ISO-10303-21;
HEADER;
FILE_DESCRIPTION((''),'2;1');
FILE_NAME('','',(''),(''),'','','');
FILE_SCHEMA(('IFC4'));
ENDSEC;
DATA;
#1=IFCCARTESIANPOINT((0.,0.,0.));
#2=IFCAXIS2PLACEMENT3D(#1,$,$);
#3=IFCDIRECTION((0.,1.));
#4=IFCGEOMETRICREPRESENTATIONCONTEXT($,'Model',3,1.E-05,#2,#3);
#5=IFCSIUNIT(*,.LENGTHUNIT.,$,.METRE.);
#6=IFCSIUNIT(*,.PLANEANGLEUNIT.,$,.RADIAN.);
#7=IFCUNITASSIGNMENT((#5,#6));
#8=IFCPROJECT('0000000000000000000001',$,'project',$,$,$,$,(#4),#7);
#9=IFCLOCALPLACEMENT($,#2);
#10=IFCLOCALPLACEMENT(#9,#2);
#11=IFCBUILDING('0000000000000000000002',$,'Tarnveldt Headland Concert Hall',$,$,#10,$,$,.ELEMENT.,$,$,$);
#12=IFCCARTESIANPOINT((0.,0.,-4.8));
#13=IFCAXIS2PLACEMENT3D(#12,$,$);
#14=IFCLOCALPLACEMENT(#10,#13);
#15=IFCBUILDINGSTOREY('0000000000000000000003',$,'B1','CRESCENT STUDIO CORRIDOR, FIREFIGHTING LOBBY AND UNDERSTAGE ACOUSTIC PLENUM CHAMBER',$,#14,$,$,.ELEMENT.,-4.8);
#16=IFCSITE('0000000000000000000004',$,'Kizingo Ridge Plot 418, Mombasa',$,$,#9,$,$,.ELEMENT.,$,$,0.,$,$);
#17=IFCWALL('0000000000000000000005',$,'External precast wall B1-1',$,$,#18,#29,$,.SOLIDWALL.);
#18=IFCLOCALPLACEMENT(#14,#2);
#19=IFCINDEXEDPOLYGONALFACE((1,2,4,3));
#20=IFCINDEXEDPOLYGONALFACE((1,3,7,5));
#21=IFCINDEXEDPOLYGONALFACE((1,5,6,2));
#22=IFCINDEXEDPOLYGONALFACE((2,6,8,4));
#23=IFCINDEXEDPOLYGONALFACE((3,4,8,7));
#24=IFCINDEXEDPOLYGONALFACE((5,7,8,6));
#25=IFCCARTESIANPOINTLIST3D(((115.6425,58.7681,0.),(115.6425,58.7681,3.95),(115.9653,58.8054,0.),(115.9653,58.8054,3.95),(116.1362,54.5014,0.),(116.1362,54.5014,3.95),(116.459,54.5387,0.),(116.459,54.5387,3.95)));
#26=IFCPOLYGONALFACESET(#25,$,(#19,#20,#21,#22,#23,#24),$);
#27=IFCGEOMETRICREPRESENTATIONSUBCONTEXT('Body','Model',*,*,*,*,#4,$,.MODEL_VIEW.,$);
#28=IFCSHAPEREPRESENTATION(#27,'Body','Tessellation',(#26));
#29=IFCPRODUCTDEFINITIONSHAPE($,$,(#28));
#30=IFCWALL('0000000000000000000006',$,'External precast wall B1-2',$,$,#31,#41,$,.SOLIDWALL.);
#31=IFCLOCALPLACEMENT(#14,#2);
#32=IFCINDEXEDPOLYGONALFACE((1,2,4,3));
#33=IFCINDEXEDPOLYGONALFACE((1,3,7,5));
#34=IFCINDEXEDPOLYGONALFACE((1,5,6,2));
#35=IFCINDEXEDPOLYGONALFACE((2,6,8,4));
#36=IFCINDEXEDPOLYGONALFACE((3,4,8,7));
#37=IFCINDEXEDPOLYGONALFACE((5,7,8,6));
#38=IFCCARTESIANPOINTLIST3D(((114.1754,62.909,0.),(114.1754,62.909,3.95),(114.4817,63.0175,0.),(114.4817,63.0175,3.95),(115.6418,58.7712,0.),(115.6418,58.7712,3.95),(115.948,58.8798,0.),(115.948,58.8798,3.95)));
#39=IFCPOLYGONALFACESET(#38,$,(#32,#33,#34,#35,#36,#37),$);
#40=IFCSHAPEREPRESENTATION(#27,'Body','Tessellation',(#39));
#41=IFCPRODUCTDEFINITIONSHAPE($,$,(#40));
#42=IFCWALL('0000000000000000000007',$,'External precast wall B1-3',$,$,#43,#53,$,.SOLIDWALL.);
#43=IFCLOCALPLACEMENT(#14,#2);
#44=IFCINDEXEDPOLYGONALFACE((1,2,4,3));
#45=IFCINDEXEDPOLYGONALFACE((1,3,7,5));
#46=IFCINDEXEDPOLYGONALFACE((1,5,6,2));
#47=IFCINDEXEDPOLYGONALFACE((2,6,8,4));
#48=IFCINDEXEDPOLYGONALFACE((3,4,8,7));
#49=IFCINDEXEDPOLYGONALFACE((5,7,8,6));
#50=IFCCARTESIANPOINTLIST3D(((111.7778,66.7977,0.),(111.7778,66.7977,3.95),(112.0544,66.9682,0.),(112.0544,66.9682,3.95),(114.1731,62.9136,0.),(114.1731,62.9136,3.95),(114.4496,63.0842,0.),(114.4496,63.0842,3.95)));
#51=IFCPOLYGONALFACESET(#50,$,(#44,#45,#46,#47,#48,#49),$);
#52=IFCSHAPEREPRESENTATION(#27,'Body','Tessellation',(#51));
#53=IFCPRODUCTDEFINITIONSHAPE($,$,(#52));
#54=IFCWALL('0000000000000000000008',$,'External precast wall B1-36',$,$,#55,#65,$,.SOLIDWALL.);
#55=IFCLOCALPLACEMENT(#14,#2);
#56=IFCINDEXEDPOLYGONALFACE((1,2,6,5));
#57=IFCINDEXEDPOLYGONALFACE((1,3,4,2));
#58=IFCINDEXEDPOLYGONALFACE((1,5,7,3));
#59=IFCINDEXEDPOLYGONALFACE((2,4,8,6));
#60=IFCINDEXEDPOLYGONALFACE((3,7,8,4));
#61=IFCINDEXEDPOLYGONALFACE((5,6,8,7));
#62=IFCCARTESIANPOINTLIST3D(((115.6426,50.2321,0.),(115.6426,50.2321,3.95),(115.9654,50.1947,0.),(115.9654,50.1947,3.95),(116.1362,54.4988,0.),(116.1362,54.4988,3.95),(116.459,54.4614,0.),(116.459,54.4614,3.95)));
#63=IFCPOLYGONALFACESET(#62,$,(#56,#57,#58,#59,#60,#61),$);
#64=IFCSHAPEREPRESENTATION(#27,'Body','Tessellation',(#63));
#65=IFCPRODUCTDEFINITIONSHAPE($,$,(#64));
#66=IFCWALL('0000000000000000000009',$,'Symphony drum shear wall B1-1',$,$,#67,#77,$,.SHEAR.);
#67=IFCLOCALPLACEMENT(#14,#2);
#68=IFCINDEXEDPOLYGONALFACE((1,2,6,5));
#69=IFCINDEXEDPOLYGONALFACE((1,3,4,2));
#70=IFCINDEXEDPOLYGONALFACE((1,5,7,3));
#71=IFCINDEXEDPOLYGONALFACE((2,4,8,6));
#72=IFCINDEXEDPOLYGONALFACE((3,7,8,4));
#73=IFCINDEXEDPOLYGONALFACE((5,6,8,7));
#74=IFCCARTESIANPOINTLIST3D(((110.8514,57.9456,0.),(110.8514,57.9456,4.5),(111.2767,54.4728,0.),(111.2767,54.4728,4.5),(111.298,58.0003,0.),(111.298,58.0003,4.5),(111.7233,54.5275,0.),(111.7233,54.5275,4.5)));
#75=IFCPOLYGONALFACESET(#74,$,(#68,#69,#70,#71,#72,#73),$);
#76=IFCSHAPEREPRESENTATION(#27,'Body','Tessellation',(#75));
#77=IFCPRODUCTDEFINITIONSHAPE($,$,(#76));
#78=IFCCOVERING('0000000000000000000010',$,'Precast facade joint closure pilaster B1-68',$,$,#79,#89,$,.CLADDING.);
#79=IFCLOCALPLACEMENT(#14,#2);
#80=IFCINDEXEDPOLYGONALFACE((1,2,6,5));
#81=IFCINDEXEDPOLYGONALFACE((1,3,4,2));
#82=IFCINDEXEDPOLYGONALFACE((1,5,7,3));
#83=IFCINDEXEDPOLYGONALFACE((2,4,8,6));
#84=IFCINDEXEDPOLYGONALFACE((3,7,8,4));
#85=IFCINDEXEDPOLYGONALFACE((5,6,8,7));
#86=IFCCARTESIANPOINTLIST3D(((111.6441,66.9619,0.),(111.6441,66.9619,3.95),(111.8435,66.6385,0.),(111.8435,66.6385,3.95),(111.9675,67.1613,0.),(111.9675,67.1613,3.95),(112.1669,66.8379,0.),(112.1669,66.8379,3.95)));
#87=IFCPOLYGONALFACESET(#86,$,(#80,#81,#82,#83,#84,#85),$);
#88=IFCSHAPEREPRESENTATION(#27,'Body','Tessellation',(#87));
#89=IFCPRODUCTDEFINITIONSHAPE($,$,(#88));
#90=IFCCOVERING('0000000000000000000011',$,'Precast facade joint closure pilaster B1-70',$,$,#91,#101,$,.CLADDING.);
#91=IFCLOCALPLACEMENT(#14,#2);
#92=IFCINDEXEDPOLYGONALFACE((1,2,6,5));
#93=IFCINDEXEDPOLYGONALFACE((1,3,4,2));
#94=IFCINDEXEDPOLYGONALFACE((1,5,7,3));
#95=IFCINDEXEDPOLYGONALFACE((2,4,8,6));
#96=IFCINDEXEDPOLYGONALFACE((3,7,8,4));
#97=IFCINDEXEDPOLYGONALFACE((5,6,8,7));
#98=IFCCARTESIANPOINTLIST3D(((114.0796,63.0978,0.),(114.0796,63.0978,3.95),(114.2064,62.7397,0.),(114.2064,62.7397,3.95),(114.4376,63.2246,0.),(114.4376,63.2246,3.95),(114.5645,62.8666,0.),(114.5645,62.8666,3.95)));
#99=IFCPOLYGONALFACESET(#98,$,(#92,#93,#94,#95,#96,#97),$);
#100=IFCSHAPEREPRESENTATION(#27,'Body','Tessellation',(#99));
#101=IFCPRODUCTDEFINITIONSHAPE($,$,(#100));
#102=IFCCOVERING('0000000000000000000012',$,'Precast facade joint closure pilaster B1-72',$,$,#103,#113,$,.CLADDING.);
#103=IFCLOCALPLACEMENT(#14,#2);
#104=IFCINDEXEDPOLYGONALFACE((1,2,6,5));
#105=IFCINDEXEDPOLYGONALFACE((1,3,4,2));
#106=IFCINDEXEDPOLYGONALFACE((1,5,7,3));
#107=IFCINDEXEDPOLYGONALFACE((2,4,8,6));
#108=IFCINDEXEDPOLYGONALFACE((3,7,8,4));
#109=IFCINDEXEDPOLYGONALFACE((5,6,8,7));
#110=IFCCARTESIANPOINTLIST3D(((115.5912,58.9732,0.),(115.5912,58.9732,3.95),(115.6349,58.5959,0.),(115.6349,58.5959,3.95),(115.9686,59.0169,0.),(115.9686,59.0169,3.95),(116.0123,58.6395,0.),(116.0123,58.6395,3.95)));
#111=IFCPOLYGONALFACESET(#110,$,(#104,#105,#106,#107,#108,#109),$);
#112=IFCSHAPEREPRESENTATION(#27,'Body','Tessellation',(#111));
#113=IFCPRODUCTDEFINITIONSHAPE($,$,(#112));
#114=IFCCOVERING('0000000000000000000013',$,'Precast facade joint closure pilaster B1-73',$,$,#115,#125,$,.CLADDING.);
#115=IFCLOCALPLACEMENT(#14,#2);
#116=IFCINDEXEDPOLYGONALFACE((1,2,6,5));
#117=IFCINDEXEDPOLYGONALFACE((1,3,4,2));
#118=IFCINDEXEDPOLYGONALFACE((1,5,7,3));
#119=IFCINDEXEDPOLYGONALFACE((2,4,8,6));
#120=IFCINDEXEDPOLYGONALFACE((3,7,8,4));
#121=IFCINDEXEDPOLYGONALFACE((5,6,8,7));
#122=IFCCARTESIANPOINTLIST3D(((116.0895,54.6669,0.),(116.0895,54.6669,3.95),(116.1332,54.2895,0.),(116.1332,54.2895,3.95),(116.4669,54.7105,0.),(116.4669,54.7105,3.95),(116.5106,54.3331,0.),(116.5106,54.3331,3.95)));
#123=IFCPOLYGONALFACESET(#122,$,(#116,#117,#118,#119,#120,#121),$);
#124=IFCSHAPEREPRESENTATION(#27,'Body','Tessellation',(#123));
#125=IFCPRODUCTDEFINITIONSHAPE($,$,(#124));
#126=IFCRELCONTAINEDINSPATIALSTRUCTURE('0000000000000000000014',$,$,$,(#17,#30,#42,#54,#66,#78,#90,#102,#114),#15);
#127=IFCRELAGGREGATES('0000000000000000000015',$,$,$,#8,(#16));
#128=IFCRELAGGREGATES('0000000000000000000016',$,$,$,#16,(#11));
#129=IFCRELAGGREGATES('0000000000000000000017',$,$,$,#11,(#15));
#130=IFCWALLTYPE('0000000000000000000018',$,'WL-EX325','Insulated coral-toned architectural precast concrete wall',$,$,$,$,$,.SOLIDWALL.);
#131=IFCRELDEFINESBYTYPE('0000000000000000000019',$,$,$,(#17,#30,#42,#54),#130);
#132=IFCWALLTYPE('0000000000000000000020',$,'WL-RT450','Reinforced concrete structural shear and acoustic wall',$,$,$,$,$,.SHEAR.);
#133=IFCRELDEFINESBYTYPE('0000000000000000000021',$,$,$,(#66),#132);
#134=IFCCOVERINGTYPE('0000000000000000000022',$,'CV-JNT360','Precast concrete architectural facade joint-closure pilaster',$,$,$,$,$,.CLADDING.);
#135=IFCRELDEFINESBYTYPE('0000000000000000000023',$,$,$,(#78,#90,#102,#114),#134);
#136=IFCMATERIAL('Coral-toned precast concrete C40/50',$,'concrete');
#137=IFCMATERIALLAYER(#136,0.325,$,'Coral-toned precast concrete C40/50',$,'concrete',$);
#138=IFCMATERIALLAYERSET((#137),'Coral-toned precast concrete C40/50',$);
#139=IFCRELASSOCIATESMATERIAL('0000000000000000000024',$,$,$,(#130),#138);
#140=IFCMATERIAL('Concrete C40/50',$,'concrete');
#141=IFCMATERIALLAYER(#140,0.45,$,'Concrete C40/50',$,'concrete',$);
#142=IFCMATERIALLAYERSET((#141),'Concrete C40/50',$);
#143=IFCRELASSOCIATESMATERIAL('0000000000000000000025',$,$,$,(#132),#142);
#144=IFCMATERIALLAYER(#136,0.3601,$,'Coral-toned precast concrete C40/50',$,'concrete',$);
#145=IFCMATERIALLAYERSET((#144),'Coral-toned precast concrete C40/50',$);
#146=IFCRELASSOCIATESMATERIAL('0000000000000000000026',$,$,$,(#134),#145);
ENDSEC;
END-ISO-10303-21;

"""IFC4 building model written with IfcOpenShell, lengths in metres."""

from ifc_helpers import new_model, si_unit, direction, frame, frame_2d, origin, origin_2d, place, context, subcontext, project, spatial, rectangle, extrude, material, layer, layer_set, type_object, element, save


model = new_model("IFC4")

# Units and contexts
model_context = context("Model", 3, precision=1e-05, world=origin(), true_north=direction((0.0, 1.0)))
body_context = subcontext(model_context, "Body", "Model", "MODEL_VIEW")
ifc_project = project(units=[si_unit("LENGTHUNIT", "METRE"), si_unit("PLANEANGLEUNIT", "RADIAN")], contexts=[model_context])

# Site, building, storey
site_placement = place(None, origin())
site = spatial("IfcSite", under=ifc_project, at=site_placement, Name="Kizingo Ridge Plot 418, Mombasa", CompositionType="ELEMENT", RefElevation=0.0)
building_placement = place(site_placement, origin())
building = spatial("IfcBuilding", under=site, at=building_placement, Name="Tarnveldt Headland Concert Hall", CompositionType="ELEMENT")
storey_placement = place(building_placement, frame((0.0, 0.0, -4.8)))
storey = spatial("IfcBuildingStorey", under=building, at=storey_placement, Name="B1", Description="CRESCENT STUDIO CORRIDOR, FIREFIGHTING LOBBY AND UNDERSTAGE ACOUSTIC PLENUM CHAMBER", CompositionType="ELEMENT", Elevation=-4.8)

# Shared definitions
ifc_material_1 = material(Name="Concrete C40/50", Category="concrete")

# Walls
ifc_material_2 = material(Name="Coral-toned precast concrete C40/50", Category="concrete")
ifc_layer_1 = layer(ifc_material_2, 0.325, Name="Coral-toned precast concrete C40/50", Category="concrete")
ifc_layer_set_1 = layer_set([ifc_layer_1], Name="Coral-toned precast concrete C40/50")
wall_type_1 = type_object("IfcWallType", Name="WL-EX325", Description="Insulated coral-toned architectural precast concrete wall", PredefinedType="SOLIDWALL", material=ifc_layer_set_1)
wall_1_placement = place(storey_placement, frame((115.804, 58.7866, 0.0), z_axis=(0.0, 0.0, 1.0), x_axis=(0.114935, -0.993373, 0.0)))
element("IfcWall", 1, at=wall_1_placement, inside=storey, type_object=wall_type_1, Name="External precast wall B1-1", PredefinedType="SOLIDWALL", context=body_context, shape_type="SweptSolid", body=[
    extrude(rectangle(XDim=4.2952, YDim=0.325, at=frame_2d((2.1475, 0.0))), origin(), (0.0, 0.0, 1.0), 3.95),
])
wall_2_placement = place(storey_placement, frame((114.3286, 62.9631, 0.0), z_axis=(0.0, 0.0, 1.0), x_axis=(0.334024, -0.942564, 0.0)))
element("IfcWall", 2, at=wall_2_placement, inside=storey, type_object=wall_type_1, Name="External precast wall B1-2", PredefinedType="SOLIDWALL", context=body_context, shape_type="SweptSolid", body=[
    extrude(rectangle(XDim=4.3899, YDim=0.325, at=frame_2d((2.1948, 0.0))), origin(), (0.0, 0.0, 1.0), 3.95),
])
wall_3_placement = place(storey_placement, frame((111.916, 66.8831, 0.0), z_axis=(0.0, 0.0, 1.0), x_axis=(0.524906, -0.85116, 0.0)))
element("IfcWall", 3, at=wall_3_placement, inside=storey, type_object=wall_type_1, Name="External precast wall B1-3", PredefinedType="SOLIDWALL", context=body_context, shape_type="SweptSolid", body=[
    extrude(rectangle(XDim=4.5632, YDim=0.325, at=frame_2d((2.2817, 0.0))), origin(), (0.0, 0.0, 1.0), 3.95),
])
wall_4_placement = place(storey_placement, frame((116.2976, 54.48, 0.0), z_axis=(0.0, 0.0, 1.0), x_axis=(-0.114935, -0.993373, 0.0)))
element("IfcWall", 4, at=wall_4_placement, inside=storey, type_object=wall_type_1, Name="External precast wall B1-36", PredefinedType="SOLIDWALL", context=body_context, shape_type="SweptSolid", body=[
    extrude(rectangle(XDim=4.2952, YDim=0.325, at=frame_2d((2.1475, 0.0))), origin(), (0.0, 0.0, 1.0), 3.95),
])
ifc_layer_2 = layer(ifc_material_1, 0.45, Name="Concrete C40/50", Category="concrete")
ifc_layer_set_2 = layer_set([ifc_layer_2], Name="Concrete C40/50")
wall_type_2 = type_object("IfcWallType", Name="WL-RT450", Description="Reinforced concrete structural shear and acoustic wall", PredefinedType="SHEAR", material=ifc_layer_set_2)
wall_5_placement = place(storey_placement, frame((111.5, 54.5, 0.0), z_axis=(0.0, 0.0, 1.0), x_axis=(-0.121552, 0.992585, 0.0)))
element("IfcWall", 5, at=wall_5_placement, inside=storey, type_object=wall_type_2, Name="Symphony drum shear wall B1-1", PredefinedType="SHEAR", context=body_context, shape_type="SweptSolid", body=[
    extrude(rectangle(XDim=3.4988, YDim=0.45, at=frame_2d((1.7495, 0.0))), origin(), (0.0, 0.0, 1.0), 4.5),
])

# Coverings
ifc_layer_3 = layer(ifc_material_2, 0.3601, Name="Coral-toned precast concrete C40/50", Category="concrete")
ifc_layer_set_3 = layer_set([ifc_layer_3], Name="Coral-toned precast concrete C40/50")
covering_type = type_object("IfcCoveringType", Name="CV-JNT360", Description="Precast concrete architectural facade joint-closure pilaster", PredefinedType="CLADDING", material=ifc_layer_set_3)
for number, where, z_axis, x_axis, name in (
    (6, (111.9055, 66.8999, 0.0), (0.0, 0.0, 1.0), (0.524878, -0.851178, 0.0), "Precast facade joint closure pilaster B1-68"),
    (7, (114.322, 62.9822, 0.0), (0.0, 0.0, 1.0), (0.333971, -0.942583, 0.0), "Precast facade joint closure pilaster B1-70"),
    (8, (115.8018, 58.8064, 0.0), (0.0, 0.0, 1.0), (0.114937, -0.993373, 0.0), "Precast facade joint closure pilaster B1-72"),
    (9, (116.3, 54.5, 0.0), (0.0, 0.0, 1.0), (0.114937, -0.993373, 0.0), "Precast facade joint closure pilaster B1-73"),
):
    element("IfcCovering", number, at=place(storey_placement, frame(where, z_axis=z_axis, x_axis=x_axis)), inside=storey, type_object=covering_type, Name=name, PredefinedType="CLADDING", context=body_context, shape_type="SweptSolid", body=[
        extrude(rectangle(XDim=0.3799, YDim=0.3799, at=origin_2d()), origin(), (0.0, 0.0, 1.0), 3.95),
    ])

save(model, "model.ifc")
